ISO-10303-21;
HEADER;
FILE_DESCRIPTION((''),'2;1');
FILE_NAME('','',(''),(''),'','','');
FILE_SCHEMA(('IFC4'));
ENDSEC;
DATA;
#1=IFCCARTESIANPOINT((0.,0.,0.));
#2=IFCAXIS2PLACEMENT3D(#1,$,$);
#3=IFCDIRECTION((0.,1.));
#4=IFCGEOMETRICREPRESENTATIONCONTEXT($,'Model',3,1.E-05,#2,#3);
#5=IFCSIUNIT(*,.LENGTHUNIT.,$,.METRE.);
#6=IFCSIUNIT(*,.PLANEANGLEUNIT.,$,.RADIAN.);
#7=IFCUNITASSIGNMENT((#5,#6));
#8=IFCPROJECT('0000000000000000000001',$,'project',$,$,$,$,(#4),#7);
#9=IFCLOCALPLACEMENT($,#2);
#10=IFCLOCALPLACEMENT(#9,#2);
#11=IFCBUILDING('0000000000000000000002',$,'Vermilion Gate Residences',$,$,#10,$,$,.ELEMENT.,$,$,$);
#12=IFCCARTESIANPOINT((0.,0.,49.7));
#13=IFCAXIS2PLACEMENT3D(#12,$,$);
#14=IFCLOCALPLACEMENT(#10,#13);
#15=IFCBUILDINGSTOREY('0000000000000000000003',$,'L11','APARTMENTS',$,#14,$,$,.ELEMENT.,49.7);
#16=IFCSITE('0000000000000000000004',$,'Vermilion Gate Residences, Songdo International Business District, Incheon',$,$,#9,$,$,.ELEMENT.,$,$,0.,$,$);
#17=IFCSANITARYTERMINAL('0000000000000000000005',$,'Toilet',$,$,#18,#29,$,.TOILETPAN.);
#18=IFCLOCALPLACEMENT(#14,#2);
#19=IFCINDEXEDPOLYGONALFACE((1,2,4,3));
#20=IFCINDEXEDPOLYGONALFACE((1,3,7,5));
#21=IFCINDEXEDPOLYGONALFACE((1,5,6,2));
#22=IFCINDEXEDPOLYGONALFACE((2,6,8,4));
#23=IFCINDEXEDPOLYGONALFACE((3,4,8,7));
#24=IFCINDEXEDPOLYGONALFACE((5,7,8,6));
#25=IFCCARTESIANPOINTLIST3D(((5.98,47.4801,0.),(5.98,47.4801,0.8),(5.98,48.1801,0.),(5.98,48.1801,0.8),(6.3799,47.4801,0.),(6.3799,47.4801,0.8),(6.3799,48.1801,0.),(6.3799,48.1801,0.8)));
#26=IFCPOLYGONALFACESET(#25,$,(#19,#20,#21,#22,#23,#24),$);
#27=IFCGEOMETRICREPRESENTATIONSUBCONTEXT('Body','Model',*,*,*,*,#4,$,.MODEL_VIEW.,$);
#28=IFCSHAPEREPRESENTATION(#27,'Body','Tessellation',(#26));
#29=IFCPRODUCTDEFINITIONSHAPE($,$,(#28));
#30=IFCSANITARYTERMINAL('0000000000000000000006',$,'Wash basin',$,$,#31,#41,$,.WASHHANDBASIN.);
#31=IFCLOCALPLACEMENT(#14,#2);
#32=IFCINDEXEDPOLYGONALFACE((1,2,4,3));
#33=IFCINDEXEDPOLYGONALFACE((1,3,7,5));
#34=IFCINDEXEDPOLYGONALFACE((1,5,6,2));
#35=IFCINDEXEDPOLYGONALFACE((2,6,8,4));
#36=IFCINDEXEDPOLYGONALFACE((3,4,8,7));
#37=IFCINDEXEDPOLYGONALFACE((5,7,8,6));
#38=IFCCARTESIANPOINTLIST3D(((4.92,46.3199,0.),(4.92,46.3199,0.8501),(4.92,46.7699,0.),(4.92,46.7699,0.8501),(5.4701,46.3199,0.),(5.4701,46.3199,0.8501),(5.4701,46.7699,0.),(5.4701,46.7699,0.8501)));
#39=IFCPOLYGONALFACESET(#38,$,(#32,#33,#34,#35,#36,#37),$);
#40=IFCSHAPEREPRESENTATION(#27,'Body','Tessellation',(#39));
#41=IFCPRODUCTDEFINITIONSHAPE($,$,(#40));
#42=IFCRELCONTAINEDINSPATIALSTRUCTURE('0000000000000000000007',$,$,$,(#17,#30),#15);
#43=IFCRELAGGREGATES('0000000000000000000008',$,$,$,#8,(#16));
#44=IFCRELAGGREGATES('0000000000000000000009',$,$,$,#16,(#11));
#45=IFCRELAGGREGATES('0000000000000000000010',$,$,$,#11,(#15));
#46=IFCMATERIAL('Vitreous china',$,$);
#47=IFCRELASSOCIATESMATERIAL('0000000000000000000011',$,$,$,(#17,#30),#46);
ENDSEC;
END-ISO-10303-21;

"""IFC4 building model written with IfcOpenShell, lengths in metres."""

from ifc_helpers import new_model, si_unit, direction, frame, origin, origin_2d, place, context, subcontext, project, spatial, rectangle, extrude, material, element, save


model = new_model("IFC4")

# Units and contexts
model_context = context("Model", 3, precision=1e-05, world=origin(), true_north=direction((0.0, 1.0)))
body_context = subcontext(model_context, "Body", "Model", "MODEL_VIEW")
ifc_project = project(units=[si_unit("LENGTHUNIT", "METRE"), si_unit("PLANEANGLEUNIT", "RADIAN")], contexts=[model_context])

# Site, building, storey
site_placement = place(None, origin())
site = spatial("IfcSite", under=ifc_project, at=site_placement, Name="Vermilion Gate Residences, Songdo International Business District, Incheon", CompositionType="ELEMENT", RefElevation=0.0)
building_placement = place(site_placement, origin())
building = spatial("IfcBuilding", under=site, at=building_placement, Name="Vermilion Gate Residences", CompositionType="ELEMENT")
storey_placement = place(building_placement, frame((0.0, 0.0, 49.7)))
storey = spatial("IfcBuildingStorey", under=building, at=storey_placement, Name="L11", Description="APARTMENTS", CompositionType="ELEMENT", Elevation=49.7)

# Sanitary terminals
ifc_material_1 = material(Name="Vitreous china")
sanitary_terminal_1_placement = place(storey_placement, frame((6.1799, 47.8301, 0.0), z_axis=(0.0, 0.0, 1.0), x_axis=(1.0, 0.0, 0.0)))
element("IfcSanitaryTerminal", 1, at=sanitary_terminal_1_placement, inside=storey, material=ifc_material_1, Name="Toilet", PredefinedType="TOILETPAN", context=body_context, shape_type="SweptSolid", body=[
    extrude(rectangle(XDim=0.3999, YDim=0.7, at=origin_2d()), origin(), (0.0, 0.0, 1.0), 0.8),
])
sanitary_terminal_2_placement = place(storey_placement, frame((5.1951, 46.5449, 0.0), z_axis=(0.0, 0.0, 1.0), x_axis=(1.0, 0.0, 0.0)))
element("IfcSanitaryTerminal", 2, at=sanitary_terminal_2_placement, inside=storey, material=ifc_material_1, Name="Wash basin", PredefinedType="WASHHANDBASIN", context=body_context, shape_type="SweptSolid", body=[
    extrude(rectangle(XDim=0.55, YDim=0.45, at=origin_2d()), origin(), (0.0, 0.0, 1.0), 0.8501),
])

save(model, "model.ifc")
